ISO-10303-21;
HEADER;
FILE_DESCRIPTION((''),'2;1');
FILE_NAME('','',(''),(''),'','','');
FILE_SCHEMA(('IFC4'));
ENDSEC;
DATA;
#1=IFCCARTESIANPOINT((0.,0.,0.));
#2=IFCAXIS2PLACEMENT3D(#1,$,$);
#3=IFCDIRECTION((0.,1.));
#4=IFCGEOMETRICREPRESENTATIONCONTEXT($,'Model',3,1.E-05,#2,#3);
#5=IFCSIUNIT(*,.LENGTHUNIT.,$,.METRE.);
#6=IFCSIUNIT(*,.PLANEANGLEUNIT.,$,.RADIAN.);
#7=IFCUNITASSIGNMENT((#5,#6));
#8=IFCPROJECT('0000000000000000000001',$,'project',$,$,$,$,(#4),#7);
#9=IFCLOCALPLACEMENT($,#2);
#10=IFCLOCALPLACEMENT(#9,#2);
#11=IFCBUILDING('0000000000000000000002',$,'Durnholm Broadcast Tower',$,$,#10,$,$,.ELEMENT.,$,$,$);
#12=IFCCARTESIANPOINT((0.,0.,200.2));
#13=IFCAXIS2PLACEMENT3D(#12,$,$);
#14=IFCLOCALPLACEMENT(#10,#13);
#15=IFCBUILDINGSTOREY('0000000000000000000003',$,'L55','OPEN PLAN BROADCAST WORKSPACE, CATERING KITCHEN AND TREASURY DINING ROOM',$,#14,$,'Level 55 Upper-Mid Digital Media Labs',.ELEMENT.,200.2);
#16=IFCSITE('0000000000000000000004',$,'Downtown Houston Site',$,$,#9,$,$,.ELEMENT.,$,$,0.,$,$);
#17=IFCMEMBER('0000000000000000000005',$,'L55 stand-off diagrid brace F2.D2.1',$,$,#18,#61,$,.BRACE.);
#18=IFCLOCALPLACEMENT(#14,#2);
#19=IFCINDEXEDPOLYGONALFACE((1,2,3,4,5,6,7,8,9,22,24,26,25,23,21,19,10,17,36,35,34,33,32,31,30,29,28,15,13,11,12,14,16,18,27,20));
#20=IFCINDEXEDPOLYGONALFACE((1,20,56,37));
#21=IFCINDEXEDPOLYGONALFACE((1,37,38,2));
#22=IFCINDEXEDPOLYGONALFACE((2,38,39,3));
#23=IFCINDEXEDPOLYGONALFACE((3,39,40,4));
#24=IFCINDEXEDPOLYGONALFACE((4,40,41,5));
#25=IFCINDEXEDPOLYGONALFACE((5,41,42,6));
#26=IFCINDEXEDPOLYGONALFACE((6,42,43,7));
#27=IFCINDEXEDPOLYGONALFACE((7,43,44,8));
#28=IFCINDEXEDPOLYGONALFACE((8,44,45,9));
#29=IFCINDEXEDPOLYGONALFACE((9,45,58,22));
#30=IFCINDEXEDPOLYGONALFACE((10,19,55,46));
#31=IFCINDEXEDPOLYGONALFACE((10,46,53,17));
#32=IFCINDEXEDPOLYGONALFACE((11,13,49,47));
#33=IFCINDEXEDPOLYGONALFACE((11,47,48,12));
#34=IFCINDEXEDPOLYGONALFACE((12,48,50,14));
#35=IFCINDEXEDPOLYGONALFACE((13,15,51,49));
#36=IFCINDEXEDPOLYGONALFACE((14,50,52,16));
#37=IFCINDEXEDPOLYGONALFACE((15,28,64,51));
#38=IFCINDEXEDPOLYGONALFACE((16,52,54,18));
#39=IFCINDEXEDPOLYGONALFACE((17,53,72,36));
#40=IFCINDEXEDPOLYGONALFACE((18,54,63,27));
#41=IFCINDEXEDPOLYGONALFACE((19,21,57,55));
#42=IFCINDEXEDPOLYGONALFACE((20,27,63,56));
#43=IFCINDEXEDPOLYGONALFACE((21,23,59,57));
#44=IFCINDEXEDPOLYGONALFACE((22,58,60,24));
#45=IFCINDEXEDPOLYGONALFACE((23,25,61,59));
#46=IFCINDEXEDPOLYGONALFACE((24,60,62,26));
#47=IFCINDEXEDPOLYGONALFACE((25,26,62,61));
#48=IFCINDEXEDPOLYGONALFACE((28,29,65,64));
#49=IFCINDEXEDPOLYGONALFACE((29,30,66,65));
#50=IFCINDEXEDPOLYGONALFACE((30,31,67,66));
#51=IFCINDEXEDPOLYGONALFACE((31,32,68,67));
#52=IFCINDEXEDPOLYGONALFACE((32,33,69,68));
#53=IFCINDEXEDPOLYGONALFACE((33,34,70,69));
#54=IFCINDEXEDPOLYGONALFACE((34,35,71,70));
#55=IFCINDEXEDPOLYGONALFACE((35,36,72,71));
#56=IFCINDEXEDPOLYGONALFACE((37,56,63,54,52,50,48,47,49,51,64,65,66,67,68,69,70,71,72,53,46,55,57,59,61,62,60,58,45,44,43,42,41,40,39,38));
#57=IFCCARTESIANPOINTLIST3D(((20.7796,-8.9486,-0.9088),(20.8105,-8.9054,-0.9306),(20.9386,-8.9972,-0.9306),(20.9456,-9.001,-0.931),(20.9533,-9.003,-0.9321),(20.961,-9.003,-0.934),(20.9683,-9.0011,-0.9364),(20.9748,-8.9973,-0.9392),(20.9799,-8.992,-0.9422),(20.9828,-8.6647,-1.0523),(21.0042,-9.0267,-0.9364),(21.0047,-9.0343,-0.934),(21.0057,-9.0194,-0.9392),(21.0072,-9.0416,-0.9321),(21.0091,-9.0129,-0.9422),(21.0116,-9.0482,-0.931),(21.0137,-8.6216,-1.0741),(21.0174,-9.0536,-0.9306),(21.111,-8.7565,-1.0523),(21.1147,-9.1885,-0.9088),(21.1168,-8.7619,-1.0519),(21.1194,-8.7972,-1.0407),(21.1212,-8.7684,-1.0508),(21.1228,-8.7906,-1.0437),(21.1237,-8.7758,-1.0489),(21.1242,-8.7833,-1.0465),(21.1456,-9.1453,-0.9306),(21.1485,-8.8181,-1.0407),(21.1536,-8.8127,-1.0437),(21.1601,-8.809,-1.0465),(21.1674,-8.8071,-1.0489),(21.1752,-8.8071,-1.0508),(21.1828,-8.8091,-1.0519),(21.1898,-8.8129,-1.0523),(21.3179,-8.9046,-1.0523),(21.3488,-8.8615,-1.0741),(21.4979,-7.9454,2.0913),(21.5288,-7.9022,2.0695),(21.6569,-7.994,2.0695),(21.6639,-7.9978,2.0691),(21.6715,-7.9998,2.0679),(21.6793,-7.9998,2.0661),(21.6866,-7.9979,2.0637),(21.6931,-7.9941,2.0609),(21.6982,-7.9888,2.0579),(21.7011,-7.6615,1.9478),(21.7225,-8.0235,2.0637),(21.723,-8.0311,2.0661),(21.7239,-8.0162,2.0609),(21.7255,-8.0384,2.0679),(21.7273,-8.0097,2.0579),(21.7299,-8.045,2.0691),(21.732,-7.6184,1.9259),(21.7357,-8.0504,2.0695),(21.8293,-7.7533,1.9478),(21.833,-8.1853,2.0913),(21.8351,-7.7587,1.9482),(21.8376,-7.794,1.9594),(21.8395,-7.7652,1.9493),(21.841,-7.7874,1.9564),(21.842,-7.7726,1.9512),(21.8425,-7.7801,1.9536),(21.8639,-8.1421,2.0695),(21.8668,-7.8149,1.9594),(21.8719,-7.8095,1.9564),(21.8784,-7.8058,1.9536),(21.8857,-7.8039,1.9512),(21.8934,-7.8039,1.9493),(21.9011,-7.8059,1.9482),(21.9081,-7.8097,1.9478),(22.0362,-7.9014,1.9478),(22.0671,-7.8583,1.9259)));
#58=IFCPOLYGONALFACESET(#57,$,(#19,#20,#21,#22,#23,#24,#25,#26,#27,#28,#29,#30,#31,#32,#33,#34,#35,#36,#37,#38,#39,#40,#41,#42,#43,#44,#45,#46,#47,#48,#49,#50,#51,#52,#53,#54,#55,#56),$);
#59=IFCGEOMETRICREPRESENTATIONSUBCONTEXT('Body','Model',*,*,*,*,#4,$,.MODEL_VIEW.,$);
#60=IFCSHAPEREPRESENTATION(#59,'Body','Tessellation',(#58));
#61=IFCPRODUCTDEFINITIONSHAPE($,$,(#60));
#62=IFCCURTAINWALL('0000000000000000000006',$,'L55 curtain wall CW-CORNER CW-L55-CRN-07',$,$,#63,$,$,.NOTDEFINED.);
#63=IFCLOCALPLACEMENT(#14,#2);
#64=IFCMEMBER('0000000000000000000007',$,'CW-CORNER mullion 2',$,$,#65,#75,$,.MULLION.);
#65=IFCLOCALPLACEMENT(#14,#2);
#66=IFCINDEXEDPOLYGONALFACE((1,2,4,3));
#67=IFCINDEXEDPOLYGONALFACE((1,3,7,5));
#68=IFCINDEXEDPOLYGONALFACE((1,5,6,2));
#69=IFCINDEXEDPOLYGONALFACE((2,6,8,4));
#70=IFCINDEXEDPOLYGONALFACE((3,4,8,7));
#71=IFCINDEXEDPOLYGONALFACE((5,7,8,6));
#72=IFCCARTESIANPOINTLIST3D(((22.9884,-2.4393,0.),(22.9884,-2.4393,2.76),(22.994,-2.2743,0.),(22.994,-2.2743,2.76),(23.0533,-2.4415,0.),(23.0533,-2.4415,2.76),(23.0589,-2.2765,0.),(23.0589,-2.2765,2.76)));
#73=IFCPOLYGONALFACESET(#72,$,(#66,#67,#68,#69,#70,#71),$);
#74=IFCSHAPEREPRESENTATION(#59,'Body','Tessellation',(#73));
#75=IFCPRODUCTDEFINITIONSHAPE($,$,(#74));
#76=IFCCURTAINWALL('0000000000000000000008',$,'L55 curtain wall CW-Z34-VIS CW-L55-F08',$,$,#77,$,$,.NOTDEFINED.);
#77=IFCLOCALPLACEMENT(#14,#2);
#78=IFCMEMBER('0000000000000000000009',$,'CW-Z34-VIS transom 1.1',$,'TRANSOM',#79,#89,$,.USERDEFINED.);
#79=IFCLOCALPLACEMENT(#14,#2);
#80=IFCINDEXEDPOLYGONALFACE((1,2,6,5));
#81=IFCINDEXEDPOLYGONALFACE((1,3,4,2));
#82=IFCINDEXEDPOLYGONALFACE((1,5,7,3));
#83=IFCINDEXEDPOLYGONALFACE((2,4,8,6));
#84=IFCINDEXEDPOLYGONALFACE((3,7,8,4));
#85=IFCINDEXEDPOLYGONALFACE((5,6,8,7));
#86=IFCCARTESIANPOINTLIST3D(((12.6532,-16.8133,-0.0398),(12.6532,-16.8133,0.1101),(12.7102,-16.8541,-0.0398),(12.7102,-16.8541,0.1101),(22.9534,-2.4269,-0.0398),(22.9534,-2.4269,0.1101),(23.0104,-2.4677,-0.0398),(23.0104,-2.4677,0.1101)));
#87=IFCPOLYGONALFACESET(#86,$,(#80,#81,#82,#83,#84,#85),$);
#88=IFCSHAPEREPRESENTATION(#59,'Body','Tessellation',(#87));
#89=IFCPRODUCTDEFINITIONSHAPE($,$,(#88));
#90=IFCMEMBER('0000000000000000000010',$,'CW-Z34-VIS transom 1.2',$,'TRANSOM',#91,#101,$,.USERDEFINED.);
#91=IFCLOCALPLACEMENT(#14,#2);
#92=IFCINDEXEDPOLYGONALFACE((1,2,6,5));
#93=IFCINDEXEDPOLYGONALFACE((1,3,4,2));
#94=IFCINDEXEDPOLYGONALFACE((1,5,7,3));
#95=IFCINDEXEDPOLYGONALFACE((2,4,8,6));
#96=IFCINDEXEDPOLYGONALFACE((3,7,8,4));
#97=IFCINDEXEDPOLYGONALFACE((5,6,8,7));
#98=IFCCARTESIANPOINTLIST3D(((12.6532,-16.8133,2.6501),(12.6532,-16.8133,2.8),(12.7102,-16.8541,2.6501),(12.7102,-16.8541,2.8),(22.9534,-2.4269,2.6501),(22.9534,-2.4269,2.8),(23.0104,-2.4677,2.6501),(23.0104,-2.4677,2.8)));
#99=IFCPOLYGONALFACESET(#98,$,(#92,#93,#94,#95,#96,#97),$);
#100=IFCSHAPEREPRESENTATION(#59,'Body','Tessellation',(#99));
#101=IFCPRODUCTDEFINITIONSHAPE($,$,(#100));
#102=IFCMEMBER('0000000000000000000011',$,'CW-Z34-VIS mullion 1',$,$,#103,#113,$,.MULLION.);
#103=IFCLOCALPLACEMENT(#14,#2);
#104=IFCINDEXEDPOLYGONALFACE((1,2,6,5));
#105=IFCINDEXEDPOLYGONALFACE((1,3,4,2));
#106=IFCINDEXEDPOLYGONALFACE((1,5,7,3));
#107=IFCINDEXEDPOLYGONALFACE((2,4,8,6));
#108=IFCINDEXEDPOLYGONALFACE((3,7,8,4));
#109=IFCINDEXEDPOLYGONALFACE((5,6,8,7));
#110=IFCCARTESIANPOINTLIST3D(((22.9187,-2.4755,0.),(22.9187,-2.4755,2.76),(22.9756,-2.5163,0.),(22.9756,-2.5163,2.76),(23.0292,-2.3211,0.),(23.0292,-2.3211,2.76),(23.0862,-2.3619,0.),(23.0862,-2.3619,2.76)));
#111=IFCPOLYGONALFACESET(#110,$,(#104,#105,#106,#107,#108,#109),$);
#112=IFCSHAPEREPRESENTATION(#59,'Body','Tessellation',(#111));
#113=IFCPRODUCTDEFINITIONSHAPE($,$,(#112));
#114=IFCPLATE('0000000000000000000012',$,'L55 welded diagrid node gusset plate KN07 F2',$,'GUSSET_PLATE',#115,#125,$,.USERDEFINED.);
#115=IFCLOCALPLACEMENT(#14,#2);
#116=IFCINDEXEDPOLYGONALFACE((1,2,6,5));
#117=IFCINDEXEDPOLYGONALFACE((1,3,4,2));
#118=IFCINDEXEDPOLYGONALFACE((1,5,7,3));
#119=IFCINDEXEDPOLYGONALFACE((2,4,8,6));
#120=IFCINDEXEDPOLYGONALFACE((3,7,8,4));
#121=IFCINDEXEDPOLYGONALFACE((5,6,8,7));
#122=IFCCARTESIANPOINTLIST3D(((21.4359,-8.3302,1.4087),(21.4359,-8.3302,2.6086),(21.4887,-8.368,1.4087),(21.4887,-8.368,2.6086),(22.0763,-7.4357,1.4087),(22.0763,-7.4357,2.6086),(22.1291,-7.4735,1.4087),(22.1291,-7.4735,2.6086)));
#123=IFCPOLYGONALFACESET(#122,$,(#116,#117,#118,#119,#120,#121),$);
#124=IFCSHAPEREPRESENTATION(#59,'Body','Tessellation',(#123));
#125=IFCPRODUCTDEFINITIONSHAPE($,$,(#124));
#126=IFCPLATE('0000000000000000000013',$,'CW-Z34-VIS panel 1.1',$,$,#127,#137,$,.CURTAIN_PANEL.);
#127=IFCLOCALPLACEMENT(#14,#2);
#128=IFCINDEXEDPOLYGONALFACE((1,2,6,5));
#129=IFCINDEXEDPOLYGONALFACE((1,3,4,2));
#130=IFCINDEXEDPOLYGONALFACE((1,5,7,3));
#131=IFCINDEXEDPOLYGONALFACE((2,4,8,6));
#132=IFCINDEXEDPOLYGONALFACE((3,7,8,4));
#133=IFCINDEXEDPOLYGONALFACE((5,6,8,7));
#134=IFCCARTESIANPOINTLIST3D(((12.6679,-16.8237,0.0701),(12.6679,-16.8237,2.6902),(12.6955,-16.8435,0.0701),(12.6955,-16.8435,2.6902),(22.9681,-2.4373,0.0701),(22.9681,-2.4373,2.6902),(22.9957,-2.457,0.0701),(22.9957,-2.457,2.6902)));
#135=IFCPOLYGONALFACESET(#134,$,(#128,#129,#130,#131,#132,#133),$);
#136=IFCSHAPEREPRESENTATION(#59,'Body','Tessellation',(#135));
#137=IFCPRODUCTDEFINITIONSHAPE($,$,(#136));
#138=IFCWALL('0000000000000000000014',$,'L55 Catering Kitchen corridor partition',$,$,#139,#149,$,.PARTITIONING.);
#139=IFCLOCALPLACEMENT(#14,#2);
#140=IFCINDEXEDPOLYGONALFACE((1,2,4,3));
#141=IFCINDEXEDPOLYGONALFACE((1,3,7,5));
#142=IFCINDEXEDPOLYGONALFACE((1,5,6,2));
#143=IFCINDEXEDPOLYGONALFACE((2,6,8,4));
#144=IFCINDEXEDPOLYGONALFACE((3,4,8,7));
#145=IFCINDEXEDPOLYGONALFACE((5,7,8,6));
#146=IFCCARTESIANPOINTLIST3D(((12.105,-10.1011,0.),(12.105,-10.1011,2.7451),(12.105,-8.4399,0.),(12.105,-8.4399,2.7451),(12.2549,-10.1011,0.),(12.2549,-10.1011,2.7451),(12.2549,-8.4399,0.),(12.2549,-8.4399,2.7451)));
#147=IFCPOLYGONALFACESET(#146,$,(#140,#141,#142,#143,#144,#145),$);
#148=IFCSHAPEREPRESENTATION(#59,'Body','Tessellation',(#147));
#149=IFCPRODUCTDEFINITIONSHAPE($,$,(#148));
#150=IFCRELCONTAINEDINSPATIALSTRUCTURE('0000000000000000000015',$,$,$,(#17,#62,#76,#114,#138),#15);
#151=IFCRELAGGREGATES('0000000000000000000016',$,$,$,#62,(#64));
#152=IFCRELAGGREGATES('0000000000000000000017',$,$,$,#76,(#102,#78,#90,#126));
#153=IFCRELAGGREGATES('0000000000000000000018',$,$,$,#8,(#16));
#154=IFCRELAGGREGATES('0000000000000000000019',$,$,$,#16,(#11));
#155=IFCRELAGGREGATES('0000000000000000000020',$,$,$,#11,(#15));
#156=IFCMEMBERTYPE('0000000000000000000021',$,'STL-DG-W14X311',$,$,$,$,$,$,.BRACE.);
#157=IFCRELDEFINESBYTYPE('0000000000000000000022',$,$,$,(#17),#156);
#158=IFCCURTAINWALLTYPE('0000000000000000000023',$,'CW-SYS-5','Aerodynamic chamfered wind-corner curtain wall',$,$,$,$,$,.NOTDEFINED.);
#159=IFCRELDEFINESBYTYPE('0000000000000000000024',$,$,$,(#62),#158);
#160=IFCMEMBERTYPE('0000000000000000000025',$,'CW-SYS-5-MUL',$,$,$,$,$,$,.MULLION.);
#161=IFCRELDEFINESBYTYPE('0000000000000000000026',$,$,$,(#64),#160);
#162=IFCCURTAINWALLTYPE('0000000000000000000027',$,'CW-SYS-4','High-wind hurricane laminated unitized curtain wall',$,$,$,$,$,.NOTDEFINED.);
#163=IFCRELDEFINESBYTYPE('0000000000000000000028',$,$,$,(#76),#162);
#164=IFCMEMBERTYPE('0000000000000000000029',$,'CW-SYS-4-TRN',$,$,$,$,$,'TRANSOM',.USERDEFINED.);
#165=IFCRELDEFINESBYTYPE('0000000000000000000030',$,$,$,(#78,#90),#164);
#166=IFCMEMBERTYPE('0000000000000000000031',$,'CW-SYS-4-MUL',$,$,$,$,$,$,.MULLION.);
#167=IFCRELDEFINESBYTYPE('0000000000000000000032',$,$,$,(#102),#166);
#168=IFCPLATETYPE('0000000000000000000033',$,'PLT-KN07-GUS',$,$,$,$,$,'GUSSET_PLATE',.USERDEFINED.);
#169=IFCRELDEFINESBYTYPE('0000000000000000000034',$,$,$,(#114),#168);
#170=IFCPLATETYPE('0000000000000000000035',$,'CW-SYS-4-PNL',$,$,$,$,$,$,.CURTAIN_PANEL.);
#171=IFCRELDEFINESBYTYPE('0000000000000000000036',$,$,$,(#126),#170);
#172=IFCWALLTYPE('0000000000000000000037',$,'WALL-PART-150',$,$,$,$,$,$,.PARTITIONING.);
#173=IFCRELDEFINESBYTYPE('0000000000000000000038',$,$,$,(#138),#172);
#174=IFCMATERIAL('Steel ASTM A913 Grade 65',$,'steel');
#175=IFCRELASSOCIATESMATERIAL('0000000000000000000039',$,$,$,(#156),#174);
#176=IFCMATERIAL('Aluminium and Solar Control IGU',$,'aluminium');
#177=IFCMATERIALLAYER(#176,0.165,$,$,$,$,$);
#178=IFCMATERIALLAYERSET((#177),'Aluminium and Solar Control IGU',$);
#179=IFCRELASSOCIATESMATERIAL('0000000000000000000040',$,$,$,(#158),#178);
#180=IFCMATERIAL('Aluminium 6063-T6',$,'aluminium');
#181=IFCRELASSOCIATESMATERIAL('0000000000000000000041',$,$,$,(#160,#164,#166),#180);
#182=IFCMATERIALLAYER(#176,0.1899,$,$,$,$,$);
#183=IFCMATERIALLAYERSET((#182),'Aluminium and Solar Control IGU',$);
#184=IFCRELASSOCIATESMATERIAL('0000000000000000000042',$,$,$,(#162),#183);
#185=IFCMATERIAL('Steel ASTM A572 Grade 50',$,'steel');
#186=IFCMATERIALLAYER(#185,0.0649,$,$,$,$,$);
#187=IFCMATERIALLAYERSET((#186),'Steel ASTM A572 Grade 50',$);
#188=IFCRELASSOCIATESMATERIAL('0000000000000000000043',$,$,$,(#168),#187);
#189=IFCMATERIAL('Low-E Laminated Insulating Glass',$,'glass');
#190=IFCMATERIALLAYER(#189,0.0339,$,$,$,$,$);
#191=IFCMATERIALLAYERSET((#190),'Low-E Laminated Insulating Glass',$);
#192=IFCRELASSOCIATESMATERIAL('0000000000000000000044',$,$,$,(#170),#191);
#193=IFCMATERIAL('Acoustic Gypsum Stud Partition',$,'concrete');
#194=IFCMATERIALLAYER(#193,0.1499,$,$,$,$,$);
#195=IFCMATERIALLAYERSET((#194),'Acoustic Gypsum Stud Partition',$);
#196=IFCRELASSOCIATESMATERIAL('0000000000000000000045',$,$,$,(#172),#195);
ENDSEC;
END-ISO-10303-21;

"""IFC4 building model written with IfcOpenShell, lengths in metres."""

from ifc_helpers import new_model, si_unit, direction, frame, frame_2d, origin, origin_2d, place, context, subcontext, project, spatial, rectangle, i_section, extrude, source, transform, mapped, material, layer, layer_set, material_profile, profile_set, type_object, type_shapes, element, aggregate, save


model = new_model("IFC4")

# Units and contexts
model_context = context("Model", 3, precision=1e-05, world=origin(), true_north=direction((0.0, 1.0)))
body_context = subcontext(model_context, "Body", "Model", "MODEL_VIEW")
ifc_project = project(units=[si_unit("LENGTHUNIT", "METRE"), si_unit("PLANEANGLEUNIT", "RADIAN")], contexts=[model_context])

# Site, building, storey
site_placement = place(None, origin())
site = spatial("IfcSite", under=ifc_project, at=site_placement, Name="Downtown Houston Site", CompositionType="ELEMENT", RefElevation=0.0)
building_placement = place(site_placement, origin())
building = spatial("IfcBuilding", under=site, at=building_placement, Name="Durnholm Broadcast Tower", CompositionType="ELEMENT")
storey_placement = place(building_placement, frame((0.0, 0.0, 200.2)))
storey = spatial("IfcBuildingStorey", under=building, at=storey_placement, Name="L55", Description="OPEN PLAN BROADCAST WORKSPACE, CATERING KITCHEN AND TREASURY DINING ROOM", LongName="Level 55 Upper-Mid Digital Media Labs", CompositionType="ELEMENT", Elevation=200.2)

# Member
ifc_material_1 = material(Name="Steel ASTM A913 Grade 65", Category="steel")
ifc_material_profile_1 = material_profile(ifc_material_1, i_section(OverallWidth=0.4121, OverallDepth=0.4348, WebThickness=0.0359, FlangeThickness=0.0574, FilletRadius=0.0305, at=origin_2d()), Name="W14X311")
ifc_profile_set_1 = profile_set([ifc_material_profile_1], Name="Steel ASTM A913 Grade 65")
member_type_1 = type_object("IfcMemberType", Name="STL-DG-W14X311", PredefinedType="BRACE", material=ifc_profile_set_1)
shared_shape_1 = source(origin(), body_context, "Body", "SweptSolid", [
    extrude(i_section(OverallWidth=0.4121, OverallDepth=0.4348, WebThickness=0.0359, FlangeThickness=0.0574, FilletRadius=0.0305, at=origin_2d()), origin(), (0.0, 0.0, 1.0), 3.2439),
])
member_1_placement = place(storey_placement, frame((21.0642, -8.905, -0.9915), z_axis=(0.221426, 0.309259, 0.92484), x_axis=(-0.813078, 0.582155, 0.0)))
element("IfcMember", 1, at=member_1_placement, inside=storey, type_object=member_type_1, Name="L55 stand-off diagrid brace F2.D2.1", PredefinedType="BRACE", context=body_context, shape_type="MappedRepresentation", body=[
    mapped(shared_shape_1, transform((0.0, 0.0, 0.0), x_axis=(1.0, 0.0, 0.0), y_axis=(0.0, 1.0, 0.0), z_axis=(0.0, 0.0, 1.0), scale=1.0)),
])

# Curtain wall, member
ifc_material_2 = material(Name="Aluminium and Solar Control IGU", Category="aluminium")
ifc_layer_1 = layer(ifc_material_2, 0.165)
ifc_layer_set_1 = layer_set([ifc_layer_1], Name="Aluminium and Solar Control IGU")
curtain_wall_type_1 = type_object("IfcCurtainWallType", Name="CW-SYS-5", Description="Aerodynamic chamfered wind-corner curtain wall", PredefinedType="NOTDEFINED", material=ifc_layer_set_1)
curtain_wall_1_placement = place(storey_placement, origin())
curtain_wall_1 = element("IfcCurtainWall", 2, at=curtain_wall_1_placement, inside=storey, type_object=curtain_wall_type_1, Name="L55 curtain wall CW-CORNER CW-L55-CRN-07", PredefinedType="NOTDEFINED")
ifc_material_3 = material(Name="Aluminium 6063-T6", Category="aluminium")
ifc_material_profile_2 = material_profile(ifc_material_3, rectangle(XDim=0.0649, YDim=0.165, at=origin_2d()), Name="CWM65X165")
ifc_profile_set_2 = profile_set([ifc_material_profile_2], Name="Aluminium 6063-T6")
member_type_2 = type_object("IfcMemberType", Name="CW-SYS-5-MUL", PredefinedType="MULLION", material=ifc_profile_set_2)
shared_shape_2 = source(origin(), body_context, "Body", "SweptSolid", [
    extrude(rectangle(XDim=0.0649, YDim=0.165, at=origin_2d()), origin(), (0.0, 0.0, 1.0), 2.76),
])
type_shapes(member_type_2, [shared_shape_2])
member_2_placement = place(storey_placement, frame((23.0237, -2.3579, 0.0), z_axis=(0.0, 0.0, 1.0), x_axis=(0.999425, -0.033913, 0.0)))
member_2 = element("IfcMember", 3, at=member_2_placement, type_object=member_type_2, Name="CW-CORNER mullion 2", PredefinedType="MULLION", context=body_context, shape_type="MappedRepresentation", body=[
    mapped(shared_shape_2, transform((0.0, 0.0, 0.0), x_axis=(1.0, 0.0, 0.0), y_axis=(0.0, 1.0, 0.0), z_axis=(0.0, 0.0, 1.0), scale=1.0)),
])
aggregate(curtain_wall_1, [member_2])

# Curtain wall, members
ifc_layer_2 = layer(ifc_material_2, 0.1899)
ifc_layer_set_2 = layer_set([ifc_layer_2], Name="Aluminium and Solar Control IGU")
curtain_wall_type_2 = type_object("IfcCurtainWallType", Name="CW-SYS-4", Description="High-wind hurricane laminated unitized curtain wall", PredefinedType="NOTDEFINED", material=ifc_layer_set_2)
curtain_wall_2_placement = place(storey_placement, origin())
curtain_wall_2 = element("IfcCurtainWall", 4, at=curtain_wall_2_placement, inside=storey, type_object=curtain_wall_type_2, Name="L55 curtain wall CW-Z34-VIS CW-L55-F08", PredefinedType="NOTDEFINED")
ifc_material_profile_3 = material_profile(ifc_material_3, rectangle(XDim=0.0701, YDim=0.1499, at=origin_2d()), Name="CWT70X150")
ifc_profile_set_3 = profile_set([ifc_material_profile_3], Name="Aluminium 6063-T6")
member_type_3 = type_object("IfcMemberType", Name="CW-SYS-4-TRN", ElementType="TRANSOM", PredefinedType="USERDEFINED", material=ifc_profile_set_3)
shared_shape_3 = source(origin(), body_context, "Body", "SweptSolid", [
    extrude(rectangle(XDim=0.0701, YDim=0.1499, at=origin_2d()), origin(), (0.0, 0.0, 1.0), 17.6936),
])
type_shapes(member_type_3, [shared_shape_3])
member_3_placement = place(storey_placement, frame((22.9819, -2.4473, 0.0352), z_axis=(-0.582145, -0.813085, 0.0), x_axis=(0.813085, -0.582145, 0.0)))
member_3 = element("IfcMember", 5, at=member_3_placement, type_object=member_type_3, Name="CW-Z34-VIS transom 1.1", ObjectType="TRANSOM", PredefinedType="USERDEFINED", context=body_context, shape_type="MappedRepresentation", body=[
    mapped(shared_shape_3, transform((0.0, 0.0, 0.0), x_axis=(1.0, 0.0, 0.0), y_axis=(0.0, 1.0, 0.0), z_axis=(0.0, 0.0, 1.0), scale=1.0)),
])
member_4_placement = place(storey_placement, frame((22.9819, -2.4473, 2.7251), z_axis=(-0.582145, -0.813085, 0.0), x_axis=(0.813085, -0.582145, 0.0)))
member_4 = element("IfcMember", 6, at=member_4_placement, type_object=member_type_3, Name="CW-Z34-VIS transom 1.2", ObjectType="TRANSOM", PredefinedType="USERDEFINED", context=body_context, shape_type="MappedRepresentation", body=[
    mapped(shared_shape_3, transform((0.0, 0.0, 0.0), x_axis=(1.0, 0.0, 0.0), y_axis=(0.0, 1.0, 0.0), z_axis=(0.0, 0.0, 1.0), scale=1.0)),
])
ifc_material_profile_4 = material_profile(ifc_material_3, rectangle(XDim=0.0701, YDim=0.1899, at=origin_2d()), Name="CWM70X190")
ifc_profile_set_4 = profile_set([ifc_material_profile_4], Name="Aluminium 6063-T6")
member_type_4 = type_object("IfcMemberType", Name="CW-SYS-4-MUL", PredefinedType="MULLION", material=ifc_profile_set_4)
shared_shape_4 = source(origin(), body_context, "Body", "SweptSolid", [
    extrude(rectangle(XDim=0.0701, YDim=0.1899, at=origin_2d()), origin(), (0.0, 0.0, 1.0), 2.76),
])
type_shapes(member_type_4, [shared_shape_4])
member_5_placement = place(storey_placement, frame((23.0024, -2.4187, 0.0), z_axis=(0.0, 0.0, 1.0), x_axis=(0.813089, -0.582139, 0.0)))
member_5 = element("IfcMember", 7, at=member_5_placement, type_object=member_type_4, Name="CW-Z34-VIS mullion 1", PredefinedType="MULLION", context=body_context, shape_type="MappedRepresentation", body=[
    mapped(shared_shape_4, transform((0.0, 0.0, 0.0), x_axis=(1.0, 0.0, 0.0), y_axis=(0.0, 1.0, 0.0), z_axis=(0.0, 0.0, 1.0), scale=1.0)),
])

# Plates
ifc_material_4 = material(Name="Steel ASTM A572 Grade 50", Category="steel")
ifc_layer_3 = layer(ifc_material_4, 0.0649)
ifc_layer_set_3 = layer_set([ifc_layer_3], Name="Steel ASTM A572 Grade 50")
plate_type_1 = type_object("IfcPlateType", Name="PLT-KN07-GUS", ElementType="GUSSET_PLATE", PredefinedType="USERDEFINED", material=ifc_layer_set_3)
shared_shape_5 = source(origin(), body_context, "Body", "SweptSolid", [
    extrude(rectangle(XDim=1.1001, YDim=0.0649, at=origin_2d()), origin(), (0.0, 0.0, 1.0), 1.2),
])
type_shapes(plate_type_1, [shared_shape_5])
plate_1_placement = place(storey_placement, frame((21.7825, -7.9019, 1.4087), z_axis=(0.0, 0.0, 1.0), x_axis=(0.582123, 0.813101, 0.0)))
element("IfcPlate", 8, at=plate_1_placement, inside=storey, type_object=plate_type_1, Name="L55 welded diagrid node gusset plate KN07 F2", ObjectType="GUSSET_PLATE", PredefinedType="USERDEFINED", context=body_context, shape_type="MappedRepresentation", body=[
    mapped(shared_shape_5, transform((0.0, 0.0, 0.0), x_axis=(1.0, 0.0, 0.0), y_axis=(0.0, 1.0, 0.0), z_axis=(0.0, 0.0, 1.0), scale=1.0)),
])
ifc_material_5 = material(Name="Low-E Laminated Insulating Glass", Category="glass")
ifc_layer_4 = layer(ifc_material_5, 0.0339)
ifc_layer_set_4 = layer_set([ifc_layer_4], Name="Low-E Laminated Insulating Glass")
plate_type_2 = type_object("IfcPlateType", Name="CW-SYS-4-PNL", PredefinedType="CURTAIN_PANEL", material=ifc_layer_set_4)
shared_shape_6 = source(origin(), body_context, "Body", "SweptSolid", [
    extrude(rectangle(XDim=17.6936, YDim=0.0339, at=origin_2d()), origin(), (0.0, 0.0, 1.0), 2.6201),
])
type_shapes(plate_type_2, [shared_shape_6])
plate_2_placement = place(storey_placement, frame((17.8318, -9.6404, 0.0701), z_axis=(0.0, 0.0, 1.0), x_axis=(-0.582139, -0.813089, 0.0)))
plate_2 = element("IfcPlate", 9, at=plate_2_placement, type_object=plate_type_2, Name="CW-Z34-VIS panel 1.1", PredefinedType="CURTAIN_PANEL", context=body_context, shape_type="MappedRepresentation", body=[
    mapped(shared_shape_6, transform((0.0, 0.0, 0.0), x_axis=(1.0, 0.0, 0.0), y_axis=(0.0, 1.0, 0.0), z_axis=(0.0, 0.0, 1.0), scale=1.0)),
])
aggregate(curtain_wall_2, [member_5, member_3, member_4, plate_2])

# Wall
ifc_material_6 = material(Name="Acoustic Gypsum Stud Partition", Category="concrete")
ifc_layer_5 = layer(ifc_material_6, 0.1499)
ifc_layer_set_5 = layer_set([ifc_layer_5], Name="Acoustic Gypsum Stud Partition")
wall_type_1 = type_object("IfcWallType", Name="WALL-PART-150", PredefinedType="PARTITIONING", material=ifc_layer_set_5)
wall_1_placement = place(storey_placement, frame((12.1799, -10.1011, 0.0), z_axis=(0.0, 0.0, 1.0), x_axis=(0.0, 1.0, 0.0)))
element("IfcWall", 10, at=wall_1_placement, inside=storey, type_object=wall_type_1, Name="L55 Catering Kitchen corridor partition", PredefinedType="PARTITIONING", context=body_context, shape_type="SweptSolid", body=[
    extrude(rectangle(XDim=1.6611, YDim=0.1499, at=frame_2d((0.8306, 0.0))), origin(), (0.0, 0.0, 1.0), 2.7451),
])

save(model, "model.ifc")
